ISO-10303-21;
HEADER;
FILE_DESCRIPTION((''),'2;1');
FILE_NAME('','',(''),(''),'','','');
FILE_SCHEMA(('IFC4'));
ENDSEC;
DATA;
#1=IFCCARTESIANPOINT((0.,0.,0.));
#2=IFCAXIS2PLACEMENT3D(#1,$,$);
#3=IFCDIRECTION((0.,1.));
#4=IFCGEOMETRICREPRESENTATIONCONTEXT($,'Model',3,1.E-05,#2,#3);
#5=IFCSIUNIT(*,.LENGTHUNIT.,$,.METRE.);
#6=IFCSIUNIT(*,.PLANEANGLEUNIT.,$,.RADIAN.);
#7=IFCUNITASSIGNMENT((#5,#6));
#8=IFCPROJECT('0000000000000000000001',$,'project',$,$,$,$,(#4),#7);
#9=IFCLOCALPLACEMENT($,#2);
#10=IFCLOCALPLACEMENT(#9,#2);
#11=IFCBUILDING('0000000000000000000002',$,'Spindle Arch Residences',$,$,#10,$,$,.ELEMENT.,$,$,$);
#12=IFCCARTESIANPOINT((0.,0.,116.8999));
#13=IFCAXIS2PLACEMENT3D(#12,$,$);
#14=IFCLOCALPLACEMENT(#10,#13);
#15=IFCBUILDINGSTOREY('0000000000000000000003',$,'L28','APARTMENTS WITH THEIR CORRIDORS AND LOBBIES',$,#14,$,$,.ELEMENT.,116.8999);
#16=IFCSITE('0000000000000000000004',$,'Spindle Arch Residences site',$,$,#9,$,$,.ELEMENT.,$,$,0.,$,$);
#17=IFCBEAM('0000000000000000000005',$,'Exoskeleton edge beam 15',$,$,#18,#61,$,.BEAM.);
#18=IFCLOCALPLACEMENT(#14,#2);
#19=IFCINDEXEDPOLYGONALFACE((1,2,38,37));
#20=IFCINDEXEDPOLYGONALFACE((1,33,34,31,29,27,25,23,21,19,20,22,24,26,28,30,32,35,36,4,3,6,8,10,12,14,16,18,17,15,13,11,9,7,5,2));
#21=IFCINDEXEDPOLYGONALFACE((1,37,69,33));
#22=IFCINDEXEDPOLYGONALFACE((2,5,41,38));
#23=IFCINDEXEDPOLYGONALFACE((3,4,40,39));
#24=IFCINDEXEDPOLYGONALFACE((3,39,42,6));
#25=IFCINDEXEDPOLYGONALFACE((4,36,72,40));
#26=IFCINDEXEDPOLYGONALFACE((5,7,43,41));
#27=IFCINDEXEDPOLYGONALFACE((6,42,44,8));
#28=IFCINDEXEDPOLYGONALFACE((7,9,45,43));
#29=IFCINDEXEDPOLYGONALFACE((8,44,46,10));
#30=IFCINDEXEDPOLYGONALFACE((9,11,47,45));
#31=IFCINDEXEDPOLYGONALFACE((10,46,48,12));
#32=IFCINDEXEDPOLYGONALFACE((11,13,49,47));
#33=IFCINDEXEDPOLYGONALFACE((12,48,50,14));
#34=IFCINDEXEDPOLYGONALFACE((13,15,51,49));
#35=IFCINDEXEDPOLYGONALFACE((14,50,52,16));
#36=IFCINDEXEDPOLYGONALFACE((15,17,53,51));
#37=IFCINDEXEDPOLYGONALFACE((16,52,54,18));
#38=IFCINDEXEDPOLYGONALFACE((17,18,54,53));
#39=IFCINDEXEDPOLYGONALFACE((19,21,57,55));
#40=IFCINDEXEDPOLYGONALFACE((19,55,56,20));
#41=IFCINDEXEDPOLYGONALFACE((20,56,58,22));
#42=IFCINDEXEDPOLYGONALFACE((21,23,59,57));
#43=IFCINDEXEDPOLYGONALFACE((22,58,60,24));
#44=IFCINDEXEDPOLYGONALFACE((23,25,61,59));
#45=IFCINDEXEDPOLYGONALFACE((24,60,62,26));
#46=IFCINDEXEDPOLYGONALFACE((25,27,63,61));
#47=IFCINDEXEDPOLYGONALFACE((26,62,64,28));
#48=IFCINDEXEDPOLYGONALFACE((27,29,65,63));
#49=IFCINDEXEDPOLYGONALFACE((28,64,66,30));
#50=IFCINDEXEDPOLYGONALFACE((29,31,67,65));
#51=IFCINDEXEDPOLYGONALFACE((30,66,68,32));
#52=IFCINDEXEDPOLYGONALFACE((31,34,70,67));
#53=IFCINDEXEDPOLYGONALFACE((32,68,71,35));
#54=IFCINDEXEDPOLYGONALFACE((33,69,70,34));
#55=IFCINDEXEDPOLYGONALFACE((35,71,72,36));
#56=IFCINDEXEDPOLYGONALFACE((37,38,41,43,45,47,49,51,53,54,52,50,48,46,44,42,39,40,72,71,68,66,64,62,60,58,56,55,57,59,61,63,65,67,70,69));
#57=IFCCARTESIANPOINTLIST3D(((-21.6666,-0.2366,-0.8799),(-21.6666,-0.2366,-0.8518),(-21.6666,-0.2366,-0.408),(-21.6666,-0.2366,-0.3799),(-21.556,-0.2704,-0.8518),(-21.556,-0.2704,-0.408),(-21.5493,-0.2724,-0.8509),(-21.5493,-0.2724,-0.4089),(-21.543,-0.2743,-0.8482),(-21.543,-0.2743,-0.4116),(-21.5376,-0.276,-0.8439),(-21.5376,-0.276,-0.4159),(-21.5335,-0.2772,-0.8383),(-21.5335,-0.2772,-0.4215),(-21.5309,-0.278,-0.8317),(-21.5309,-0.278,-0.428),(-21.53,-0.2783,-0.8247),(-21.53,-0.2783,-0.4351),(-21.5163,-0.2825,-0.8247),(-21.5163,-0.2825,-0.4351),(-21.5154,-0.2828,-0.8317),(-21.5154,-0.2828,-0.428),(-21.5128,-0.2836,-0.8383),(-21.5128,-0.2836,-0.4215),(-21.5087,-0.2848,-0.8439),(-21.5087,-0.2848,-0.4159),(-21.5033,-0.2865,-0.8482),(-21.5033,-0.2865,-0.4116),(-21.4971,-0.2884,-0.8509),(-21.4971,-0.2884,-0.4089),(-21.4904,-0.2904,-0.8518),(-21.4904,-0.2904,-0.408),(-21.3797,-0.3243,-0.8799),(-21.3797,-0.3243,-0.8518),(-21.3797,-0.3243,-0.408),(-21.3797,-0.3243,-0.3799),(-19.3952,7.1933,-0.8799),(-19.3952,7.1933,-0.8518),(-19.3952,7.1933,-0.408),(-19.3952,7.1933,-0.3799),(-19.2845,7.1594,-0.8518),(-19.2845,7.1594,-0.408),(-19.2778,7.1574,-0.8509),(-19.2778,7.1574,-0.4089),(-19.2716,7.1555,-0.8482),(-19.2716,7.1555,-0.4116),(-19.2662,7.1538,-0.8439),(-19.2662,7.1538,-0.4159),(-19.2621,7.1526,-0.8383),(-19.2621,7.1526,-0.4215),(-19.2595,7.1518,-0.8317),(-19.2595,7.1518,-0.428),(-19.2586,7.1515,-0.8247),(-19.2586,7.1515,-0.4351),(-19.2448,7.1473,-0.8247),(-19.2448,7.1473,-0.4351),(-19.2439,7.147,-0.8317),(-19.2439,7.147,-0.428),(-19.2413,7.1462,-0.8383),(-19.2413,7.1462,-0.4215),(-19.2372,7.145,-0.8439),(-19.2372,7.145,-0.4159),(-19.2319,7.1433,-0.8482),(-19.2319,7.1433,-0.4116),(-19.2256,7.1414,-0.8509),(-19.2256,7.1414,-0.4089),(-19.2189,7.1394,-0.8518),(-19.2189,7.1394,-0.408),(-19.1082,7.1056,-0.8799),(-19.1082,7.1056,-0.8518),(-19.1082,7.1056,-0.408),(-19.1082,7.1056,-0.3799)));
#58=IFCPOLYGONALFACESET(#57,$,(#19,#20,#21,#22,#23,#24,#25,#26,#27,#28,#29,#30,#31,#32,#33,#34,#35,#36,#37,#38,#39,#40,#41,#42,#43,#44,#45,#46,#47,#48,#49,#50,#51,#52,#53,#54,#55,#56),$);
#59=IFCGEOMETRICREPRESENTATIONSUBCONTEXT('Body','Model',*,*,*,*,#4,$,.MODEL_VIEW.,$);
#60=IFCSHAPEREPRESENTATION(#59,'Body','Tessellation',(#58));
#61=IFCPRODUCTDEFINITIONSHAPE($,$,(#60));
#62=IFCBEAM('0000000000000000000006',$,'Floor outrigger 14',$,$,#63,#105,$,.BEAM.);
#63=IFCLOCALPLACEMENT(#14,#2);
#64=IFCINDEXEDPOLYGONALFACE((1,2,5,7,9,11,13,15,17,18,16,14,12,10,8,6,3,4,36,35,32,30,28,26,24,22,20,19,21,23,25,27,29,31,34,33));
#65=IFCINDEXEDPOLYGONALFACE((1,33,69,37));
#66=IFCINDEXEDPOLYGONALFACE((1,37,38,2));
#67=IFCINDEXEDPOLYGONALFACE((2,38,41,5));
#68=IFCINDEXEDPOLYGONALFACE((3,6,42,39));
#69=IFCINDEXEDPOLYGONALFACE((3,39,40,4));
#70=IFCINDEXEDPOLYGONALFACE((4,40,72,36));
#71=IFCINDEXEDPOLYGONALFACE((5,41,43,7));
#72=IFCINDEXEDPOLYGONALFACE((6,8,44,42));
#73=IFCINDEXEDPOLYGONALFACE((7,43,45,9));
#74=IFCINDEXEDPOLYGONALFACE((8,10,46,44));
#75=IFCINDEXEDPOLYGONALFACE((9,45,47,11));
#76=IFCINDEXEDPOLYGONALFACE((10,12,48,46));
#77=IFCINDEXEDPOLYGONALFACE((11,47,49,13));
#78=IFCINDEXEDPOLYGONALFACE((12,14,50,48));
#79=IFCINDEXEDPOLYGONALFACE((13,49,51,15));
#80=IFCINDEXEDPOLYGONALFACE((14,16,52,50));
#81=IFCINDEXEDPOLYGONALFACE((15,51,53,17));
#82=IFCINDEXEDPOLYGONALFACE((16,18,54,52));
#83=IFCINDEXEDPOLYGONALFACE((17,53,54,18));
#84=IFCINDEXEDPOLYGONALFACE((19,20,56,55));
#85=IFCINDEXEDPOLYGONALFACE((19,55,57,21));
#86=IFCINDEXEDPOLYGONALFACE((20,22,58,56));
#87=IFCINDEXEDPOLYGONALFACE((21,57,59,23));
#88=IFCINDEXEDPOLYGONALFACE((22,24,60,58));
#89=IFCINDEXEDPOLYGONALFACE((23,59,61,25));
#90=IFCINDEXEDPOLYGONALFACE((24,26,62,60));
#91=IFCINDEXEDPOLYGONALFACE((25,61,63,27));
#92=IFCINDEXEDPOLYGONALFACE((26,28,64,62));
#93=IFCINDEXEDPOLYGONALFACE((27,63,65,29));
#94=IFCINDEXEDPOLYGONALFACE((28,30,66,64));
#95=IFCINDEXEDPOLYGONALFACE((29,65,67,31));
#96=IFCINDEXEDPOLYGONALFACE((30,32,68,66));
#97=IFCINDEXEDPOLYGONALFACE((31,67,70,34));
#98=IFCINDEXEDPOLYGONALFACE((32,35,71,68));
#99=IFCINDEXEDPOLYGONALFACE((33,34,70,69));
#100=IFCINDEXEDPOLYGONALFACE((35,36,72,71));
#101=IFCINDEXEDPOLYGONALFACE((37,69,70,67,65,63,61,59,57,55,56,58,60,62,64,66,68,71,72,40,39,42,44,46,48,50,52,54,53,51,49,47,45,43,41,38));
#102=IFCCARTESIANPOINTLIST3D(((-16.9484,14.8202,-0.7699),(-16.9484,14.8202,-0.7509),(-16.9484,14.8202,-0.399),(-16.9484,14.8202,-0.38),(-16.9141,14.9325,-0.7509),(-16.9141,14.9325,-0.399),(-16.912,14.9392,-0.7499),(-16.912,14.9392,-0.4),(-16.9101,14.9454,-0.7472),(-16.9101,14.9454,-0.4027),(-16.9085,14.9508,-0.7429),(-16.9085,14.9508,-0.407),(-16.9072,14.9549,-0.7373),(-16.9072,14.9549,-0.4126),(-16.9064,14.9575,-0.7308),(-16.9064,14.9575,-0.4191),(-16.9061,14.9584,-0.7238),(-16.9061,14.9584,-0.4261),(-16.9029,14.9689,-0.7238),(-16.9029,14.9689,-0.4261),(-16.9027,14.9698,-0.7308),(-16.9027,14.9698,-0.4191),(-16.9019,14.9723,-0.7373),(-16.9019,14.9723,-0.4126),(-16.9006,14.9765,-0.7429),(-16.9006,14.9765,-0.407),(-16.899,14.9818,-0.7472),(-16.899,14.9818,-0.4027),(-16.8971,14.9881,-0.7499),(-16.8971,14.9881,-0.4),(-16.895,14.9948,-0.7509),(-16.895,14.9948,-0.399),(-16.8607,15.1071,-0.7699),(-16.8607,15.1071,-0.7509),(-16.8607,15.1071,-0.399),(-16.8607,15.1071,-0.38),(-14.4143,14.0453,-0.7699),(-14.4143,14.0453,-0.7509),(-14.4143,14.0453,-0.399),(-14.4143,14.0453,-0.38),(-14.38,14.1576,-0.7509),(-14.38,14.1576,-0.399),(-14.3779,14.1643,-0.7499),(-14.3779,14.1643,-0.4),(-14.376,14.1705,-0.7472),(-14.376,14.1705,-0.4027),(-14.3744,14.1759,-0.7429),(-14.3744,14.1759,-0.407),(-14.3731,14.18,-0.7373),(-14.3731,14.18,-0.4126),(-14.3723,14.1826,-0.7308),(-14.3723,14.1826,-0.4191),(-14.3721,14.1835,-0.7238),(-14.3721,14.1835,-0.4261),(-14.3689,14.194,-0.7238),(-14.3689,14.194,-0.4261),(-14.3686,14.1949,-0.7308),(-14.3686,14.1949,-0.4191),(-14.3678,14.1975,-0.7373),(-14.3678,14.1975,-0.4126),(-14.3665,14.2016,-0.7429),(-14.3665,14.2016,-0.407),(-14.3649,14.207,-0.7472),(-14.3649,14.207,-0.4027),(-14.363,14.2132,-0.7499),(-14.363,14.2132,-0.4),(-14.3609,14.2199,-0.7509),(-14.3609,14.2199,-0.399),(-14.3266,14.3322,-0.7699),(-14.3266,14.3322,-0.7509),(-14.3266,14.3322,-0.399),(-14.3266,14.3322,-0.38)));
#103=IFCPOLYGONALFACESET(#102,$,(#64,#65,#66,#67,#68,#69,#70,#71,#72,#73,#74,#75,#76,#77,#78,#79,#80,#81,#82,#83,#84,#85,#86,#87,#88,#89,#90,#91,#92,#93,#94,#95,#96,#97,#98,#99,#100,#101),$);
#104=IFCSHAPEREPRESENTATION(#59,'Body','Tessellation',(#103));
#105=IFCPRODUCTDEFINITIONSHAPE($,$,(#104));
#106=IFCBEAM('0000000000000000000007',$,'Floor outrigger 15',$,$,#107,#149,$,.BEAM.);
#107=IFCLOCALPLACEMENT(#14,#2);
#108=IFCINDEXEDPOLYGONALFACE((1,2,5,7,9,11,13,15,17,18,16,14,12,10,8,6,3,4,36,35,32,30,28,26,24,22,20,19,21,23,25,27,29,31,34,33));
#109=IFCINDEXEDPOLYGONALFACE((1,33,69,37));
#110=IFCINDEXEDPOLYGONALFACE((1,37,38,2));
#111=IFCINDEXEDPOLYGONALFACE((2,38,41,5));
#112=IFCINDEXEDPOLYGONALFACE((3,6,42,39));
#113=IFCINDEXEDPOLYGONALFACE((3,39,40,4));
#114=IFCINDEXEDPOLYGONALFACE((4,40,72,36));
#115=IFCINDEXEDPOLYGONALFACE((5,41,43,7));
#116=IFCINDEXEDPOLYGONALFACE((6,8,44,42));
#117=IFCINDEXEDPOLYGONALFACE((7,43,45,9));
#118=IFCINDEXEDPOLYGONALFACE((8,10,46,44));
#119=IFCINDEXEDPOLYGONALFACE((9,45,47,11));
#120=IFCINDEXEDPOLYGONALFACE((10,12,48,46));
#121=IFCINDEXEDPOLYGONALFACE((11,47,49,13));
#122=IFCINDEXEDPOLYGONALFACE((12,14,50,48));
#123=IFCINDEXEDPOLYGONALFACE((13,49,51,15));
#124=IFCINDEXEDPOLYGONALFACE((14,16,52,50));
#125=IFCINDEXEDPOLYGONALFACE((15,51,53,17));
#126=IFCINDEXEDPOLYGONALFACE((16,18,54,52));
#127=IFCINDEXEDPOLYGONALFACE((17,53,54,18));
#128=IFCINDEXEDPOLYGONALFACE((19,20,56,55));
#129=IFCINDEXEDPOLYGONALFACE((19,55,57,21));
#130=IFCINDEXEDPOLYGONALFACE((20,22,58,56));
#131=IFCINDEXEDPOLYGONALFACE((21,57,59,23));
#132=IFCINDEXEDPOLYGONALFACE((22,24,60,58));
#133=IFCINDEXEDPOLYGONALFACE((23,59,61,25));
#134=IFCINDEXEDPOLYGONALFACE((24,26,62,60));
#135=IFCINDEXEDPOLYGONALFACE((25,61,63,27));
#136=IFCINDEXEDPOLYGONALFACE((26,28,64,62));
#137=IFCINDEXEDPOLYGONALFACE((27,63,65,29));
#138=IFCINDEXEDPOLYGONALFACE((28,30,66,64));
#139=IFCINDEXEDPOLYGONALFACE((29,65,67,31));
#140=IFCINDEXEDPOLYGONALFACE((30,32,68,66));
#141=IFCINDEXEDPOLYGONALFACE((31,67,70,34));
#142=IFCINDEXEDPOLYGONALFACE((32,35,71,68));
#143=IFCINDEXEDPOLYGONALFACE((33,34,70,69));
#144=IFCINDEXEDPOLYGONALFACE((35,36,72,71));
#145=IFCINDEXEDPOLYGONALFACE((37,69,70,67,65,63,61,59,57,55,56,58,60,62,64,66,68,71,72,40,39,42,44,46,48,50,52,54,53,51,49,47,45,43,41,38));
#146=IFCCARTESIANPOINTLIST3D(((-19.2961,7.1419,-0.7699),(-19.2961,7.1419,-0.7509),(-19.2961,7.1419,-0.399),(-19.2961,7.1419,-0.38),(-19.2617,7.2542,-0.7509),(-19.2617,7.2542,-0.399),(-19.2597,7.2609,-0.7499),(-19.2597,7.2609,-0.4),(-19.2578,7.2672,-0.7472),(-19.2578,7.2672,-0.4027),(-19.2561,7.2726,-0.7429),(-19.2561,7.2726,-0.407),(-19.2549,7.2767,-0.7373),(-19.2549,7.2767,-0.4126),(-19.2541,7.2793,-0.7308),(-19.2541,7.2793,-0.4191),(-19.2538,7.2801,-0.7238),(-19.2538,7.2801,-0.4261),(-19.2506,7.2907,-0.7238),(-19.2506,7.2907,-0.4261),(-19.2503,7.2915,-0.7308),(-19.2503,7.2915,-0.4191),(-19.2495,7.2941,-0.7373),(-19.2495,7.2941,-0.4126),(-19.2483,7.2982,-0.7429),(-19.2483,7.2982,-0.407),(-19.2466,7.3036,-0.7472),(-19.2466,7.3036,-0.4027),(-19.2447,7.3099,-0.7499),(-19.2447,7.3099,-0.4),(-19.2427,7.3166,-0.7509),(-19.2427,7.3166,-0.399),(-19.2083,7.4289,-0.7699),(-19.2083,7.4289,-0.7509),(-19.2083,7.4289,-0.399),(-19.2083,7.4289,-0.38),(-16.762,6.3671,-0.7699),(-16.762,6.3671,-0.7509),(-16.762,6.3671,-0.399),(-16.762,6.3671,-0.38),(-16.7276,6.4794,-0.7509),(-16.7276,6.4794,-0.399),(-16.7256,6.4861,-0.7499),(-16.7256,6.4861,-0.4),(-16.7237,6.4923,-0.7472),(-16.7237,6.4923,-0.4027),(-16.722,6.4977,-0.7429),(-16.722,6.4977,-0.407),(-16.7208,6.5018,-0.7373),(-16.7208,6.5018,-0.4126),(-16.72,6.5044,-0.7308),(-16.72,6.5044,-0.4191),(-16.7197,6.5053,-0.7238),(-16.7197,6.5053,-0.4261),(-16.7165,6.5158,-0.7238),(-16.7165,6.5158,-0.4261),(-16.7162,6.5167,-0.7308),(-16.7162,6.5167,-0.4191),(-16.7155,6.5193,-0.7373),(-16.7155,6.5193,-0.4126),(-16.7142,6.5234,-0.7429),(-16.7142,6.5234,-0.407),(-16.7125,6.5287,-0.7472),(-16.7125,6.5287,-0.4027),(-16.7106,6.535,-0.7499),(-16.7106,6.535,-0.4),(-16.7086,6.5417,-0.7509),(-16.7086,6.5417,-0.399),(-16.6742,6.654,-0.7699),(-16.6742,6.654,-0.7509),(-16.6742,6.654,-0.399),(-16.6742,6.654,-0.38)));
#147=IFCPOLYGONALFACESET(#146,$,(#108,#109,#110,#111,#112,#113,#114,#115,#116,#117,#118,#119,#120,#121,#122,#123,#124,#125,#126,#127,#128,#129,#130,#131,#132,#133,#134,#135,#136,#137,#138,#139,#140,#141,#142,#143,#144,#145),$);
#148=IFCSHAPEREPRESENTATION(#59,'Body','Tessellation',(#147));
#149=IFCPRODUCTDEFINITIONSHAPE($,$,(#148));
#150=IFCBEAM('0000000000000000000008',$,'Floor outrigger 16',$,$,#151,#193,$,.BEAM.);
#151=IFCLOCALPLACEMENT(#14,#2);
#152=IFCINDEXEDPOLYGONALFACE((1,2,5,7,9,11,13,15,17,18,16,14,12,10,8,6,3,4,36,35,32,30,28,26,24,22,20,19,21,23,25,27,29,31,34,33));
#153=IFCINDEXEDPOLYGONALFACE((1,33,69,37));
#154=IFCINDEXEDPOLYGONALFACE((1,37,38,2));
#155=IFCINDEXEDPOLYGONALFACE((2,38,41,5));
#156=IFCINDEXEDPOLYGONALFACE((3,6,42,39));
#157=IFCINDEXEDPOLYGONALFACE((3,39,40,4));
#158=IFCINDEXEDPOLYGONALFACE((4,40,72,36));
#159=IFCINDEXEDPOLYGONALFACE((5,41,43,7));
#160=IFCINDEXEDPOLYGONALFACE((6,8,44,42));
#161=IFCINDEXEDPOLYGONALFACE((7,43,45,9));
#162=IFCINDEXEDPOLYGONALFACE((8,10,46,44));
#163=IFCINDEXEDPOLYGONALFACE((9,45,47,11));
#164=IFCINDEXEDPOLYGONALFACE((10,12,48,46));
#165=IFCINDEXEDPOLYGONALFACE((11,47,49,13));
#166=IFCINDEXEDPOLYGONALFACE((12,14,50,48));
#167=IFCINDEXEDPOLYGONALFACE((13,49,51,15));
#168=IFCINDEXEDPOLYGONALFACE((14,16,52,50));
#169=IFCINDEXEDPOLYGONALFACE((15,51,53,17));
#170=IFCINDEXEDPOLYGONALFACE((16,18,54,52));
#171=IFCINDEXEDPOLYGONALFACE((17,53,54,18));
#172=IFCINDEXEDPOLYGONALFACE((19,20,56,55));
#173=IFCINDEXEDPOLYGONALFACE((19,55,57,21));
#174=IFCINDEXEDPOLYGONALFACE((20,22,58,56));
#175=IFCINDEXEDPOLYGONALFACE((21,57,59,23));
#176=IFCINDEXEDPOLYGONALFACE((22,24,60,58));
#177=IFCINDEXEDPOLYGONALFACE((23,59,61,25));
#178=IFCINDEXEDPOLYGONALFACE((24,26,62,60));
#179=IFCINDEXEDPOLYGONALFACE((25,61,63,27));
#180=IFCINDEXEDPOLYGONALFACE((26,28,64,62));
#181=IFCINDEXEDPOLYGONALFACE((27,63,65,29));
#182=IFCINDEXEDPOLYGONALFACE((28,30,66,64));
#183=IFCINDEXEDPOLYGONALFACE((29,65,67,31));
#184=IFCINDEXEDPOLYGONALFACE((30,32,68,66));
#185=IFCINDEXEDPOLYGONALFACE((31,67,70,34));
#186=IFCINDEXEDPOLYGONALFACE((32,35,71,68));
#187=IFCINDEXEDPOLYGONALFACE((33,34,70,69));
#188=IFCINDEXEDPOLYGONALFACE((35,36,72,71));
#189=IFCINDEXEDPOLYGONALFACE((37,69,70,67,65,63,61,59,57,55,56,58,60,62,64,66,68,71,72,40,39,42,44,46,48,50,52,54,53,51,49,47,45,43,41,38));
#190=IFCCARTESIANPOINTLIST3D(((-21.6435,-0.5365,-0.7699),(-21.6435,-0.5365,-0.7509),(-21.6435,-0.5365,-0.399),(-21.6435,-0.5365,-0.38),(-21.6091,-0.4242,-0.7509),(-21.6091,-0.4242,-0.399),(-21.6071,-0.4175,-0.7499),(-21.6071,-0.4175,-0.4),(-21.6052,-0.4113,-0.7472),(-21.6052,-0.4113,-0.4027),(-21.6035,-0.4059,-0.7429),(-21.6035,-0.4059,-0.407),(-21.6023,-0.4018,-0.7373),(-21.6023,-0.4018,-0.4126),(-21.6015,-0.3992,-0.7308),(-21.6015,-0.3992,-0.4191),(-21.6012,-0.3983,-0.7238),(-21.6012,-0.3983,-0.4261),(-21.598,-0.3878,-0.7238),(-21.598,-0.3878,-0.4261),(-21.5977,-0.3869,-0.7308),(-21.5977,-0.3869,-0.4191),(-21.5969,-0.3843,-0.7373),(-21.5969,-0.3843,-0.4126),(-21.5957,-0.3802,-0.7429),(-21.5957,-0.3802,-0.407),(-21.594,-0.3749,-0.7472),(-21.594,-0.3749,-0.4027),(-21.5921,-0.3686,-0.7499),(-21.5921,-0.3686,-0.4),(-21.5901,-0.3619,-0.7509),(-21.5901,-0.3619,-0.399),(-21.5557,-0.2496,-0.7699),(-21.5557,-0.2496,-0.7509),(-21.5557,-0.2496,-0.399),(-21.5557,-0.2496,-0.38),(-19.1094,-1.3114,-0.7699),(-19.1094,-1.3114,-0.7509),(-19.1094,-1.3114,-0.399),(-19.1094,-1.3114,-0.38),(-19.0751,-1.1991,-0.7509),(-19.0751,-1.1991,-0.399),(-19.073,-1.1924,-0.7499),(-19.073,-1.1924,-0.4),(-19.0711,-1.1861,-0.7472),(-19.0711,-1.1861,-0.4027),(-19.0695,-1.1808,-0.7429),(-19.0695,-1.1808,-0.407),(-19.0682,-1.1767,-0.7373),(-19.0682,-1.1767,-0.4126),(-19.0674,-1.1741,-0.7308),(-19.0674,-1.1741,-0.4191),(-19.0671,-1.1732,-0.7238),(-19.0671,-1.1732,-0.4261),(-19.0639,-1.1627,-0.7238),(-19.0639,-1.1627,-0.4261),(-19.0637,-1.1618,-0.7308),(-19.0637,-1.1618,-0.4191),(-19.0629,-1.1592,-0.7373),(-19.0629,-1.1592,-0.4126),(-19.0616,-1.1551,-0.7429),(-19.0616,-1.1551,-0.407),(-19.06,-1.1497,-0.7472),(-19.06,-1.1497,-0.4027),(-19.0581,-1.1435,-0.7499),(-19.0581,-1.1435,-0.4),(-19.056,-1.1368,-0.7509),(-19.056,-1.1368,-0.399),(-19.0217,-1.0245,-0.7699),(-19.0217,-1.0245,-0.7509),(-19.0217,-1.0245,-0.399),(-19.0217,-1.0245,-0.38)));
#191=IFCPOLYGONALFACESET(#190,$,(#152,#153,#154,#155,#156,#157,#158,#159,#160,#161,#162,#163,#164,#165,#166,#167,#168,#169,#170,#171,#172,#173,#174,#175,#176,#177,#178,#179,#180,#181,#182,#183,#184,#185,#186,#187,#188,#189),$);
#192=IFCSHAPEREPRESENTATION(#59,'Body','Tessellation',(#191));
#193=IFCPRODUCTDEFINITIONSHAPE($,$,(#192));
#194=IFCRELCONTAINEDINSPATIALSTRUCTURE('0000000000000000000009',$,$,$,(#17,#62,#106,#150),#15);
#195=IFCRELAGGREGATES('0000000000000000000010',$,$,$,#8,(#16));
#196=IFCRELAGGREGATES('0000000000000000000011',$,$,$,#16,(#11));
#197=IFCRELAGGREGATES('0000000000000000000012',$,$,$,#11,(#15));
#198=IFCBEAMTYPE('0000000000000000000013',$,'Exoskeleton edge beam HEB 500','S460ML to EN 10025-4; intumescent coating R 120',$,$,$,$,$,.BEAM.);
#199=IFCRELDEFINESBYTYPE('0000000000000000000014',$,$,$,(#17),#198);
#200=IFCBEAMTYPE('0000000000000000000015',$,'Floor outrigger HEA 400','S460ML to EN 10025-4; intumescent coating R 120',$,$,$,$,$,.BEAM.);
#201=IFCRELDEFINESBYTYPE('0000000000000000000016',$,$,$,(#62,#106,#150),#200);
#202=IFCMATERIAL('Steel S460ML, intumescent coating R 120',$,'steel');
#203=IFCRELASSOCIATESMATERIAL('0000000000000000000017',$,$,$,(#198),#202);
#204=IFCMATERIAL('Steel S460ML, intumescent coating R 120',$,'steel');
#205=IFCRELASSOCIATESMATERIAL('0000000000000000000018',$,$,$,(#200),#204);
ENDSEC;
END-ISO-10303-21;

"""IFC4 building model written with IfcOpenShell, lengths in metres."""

from ifc_helpers import new_model, si_unit, direction, frame, origin, origin_2d, place, context, subcontext, project, spatial, i_section, extrude, material, material_profile, profile_set, type_object, element, save


model = new_model("IFC4")

# Units and contexts
model_context = context("Model", 3, precision=1e-05, world=origin(), true_north=direction((0.0, 1.0)))
body_context = subcontext(model_context, "Body", "Model", "MODEL_VIEW")
ifc_project = project(units=[si_unit("LENGTHUNIT", "METRE"), si_unit("PLANEANGLEUNIT", "RADIAN")], contexts=[model_context])

# Site, building, storey
site_placement = place(None, origin())
site = spatial("IfcSite", under=ifc_project, at=site_placement, Name="Spindle Arch Residences site", CompositionType="ELEMENT", RefElevation=0.0)
building_placement = place(site_placement, origin())
building = spatial("IfcBuilding", under=site, at=building_placement, Name="Spindle Arch Residences", CompositionType="ELEMENT")
storey_placement = place(building_placement, frame((0.0, 0.0, 116.8999)))
storey = spatial("IfcBuildingStorey", under=building, at=storey_placement, Name="L28", Description="APARTMENTS WITH THEIR CORRIDORS AND LOBBIES", CompositionType="ELEMENT", Elevation=116.8999)

# Beams
ifc_material_1 = material(Name="Steel S460ML, intumescent coating R 120", Category="steel")
ifc_material_profile_1 = material_profile(ifc_material_1, i_section(OverallWidth=0.3, OverallDepth=0.5, WebThickness=0.0144, FlangeThickness=0.0281, FilletRadius=0.0271, at=origin_2d()), Name="HEB 500")
ifc_profile_set_1 = profile_set([ifc_material_profile_1], Name="Steel S460ML, intumescent coating R 120")
beam_type_1 = type_object("IfcBeamType", Name="Exoskeleton edge beam HEB 500", Description="S460ML to EN 10025-4; intumescent coating R 120", PredefinedType="BEAM", material=ifc_profile_set_1)
beam_1_placement = place(storey_placement, frame((-19.2517, 7.1494, -0.6299), z_axis=(-0.292363, -0.956307, 0.0), x_axis=(0.956307, -0.292363, 0.0)))
element("IfcBeam", 1, at=beam_1_placement, inside=storey, type_object=beam_type_1, Name="Exoskeleton edge beam 15", PredefinedType="BEAM", context=body_context, shape_type="SweptSolid", body=[
    extrude(i_section(OverallWidth=0.3, OverallDepth=0.5, WebThickness=0.0144, FlangeThickness=0.0281, FilletRadius=0.0271, at=origin_2d()), origin(), (0.0, 0.0, 1.0), 7.7693),
])
ifc_material_2 = material(Name="Steel S460ML, intumescent coating R 120", Category="steel")
ifc_material_profile_2 = material_profile(ifc_material_2, i_section(OverallWidth=0.3, OverallDepth=0.3899, WebThickness=0.011, FlangeThickness=0.019, FilletRadius=0.0271, at=origin_2d()), Name="HEA 400")
ifc_profile_set_2 = profile_set([ifc_material_profile_2], Name="Steel S460ML, intumescent coating R 120")
beam_type_2 = type_object("IfcBeamType", Name="Floor outrigger HEA 400", Description="S460ML to EN 10025-4; intumescent coating R 120", PredefinedType="BEAM", material=ifc_profile_set_2)
for number, where, z_axis, x_axis, name in (
    (2, (-16.9045, 14.9636, -0.575), (0.956291, -0.292415, 0.0), (0.292415, 0.956291, 0.0), "Floor outrigger 14"),
    (3, (-19.2522, 7.2854, -0.575), (0.956291, -0.292415, 0.0), (0.292415, 0.956291, 0.0), "Floor outrigger 15"),
    (4, (-21.5996, -0.3931, -0.575), (0.956291, -0.292415, 0.0), (0.292415, 0.956291, 0.0), "Floor outrigger 16"),
):
    element("IfcBeam", number, at=place(storey_placement, frame(where, z_axis=z_axis, x_axis=x_axis)), inside=storey, type_object=beam_type_2, Name=name, PredefinedType="BEAM", context=body_context, shape_type="SweptSolid", body=[
        extrude(i_section(OverallWidth=0.3, OverallDepth=0.3899, WebThickness=0.011, FlangeThickness=0.019, FilletRadius=0.0271, at=origin_2d()), origin(), (0.0, 0.0, 1.0), 2.6499),
    ])

save(model, "model.ifc")
